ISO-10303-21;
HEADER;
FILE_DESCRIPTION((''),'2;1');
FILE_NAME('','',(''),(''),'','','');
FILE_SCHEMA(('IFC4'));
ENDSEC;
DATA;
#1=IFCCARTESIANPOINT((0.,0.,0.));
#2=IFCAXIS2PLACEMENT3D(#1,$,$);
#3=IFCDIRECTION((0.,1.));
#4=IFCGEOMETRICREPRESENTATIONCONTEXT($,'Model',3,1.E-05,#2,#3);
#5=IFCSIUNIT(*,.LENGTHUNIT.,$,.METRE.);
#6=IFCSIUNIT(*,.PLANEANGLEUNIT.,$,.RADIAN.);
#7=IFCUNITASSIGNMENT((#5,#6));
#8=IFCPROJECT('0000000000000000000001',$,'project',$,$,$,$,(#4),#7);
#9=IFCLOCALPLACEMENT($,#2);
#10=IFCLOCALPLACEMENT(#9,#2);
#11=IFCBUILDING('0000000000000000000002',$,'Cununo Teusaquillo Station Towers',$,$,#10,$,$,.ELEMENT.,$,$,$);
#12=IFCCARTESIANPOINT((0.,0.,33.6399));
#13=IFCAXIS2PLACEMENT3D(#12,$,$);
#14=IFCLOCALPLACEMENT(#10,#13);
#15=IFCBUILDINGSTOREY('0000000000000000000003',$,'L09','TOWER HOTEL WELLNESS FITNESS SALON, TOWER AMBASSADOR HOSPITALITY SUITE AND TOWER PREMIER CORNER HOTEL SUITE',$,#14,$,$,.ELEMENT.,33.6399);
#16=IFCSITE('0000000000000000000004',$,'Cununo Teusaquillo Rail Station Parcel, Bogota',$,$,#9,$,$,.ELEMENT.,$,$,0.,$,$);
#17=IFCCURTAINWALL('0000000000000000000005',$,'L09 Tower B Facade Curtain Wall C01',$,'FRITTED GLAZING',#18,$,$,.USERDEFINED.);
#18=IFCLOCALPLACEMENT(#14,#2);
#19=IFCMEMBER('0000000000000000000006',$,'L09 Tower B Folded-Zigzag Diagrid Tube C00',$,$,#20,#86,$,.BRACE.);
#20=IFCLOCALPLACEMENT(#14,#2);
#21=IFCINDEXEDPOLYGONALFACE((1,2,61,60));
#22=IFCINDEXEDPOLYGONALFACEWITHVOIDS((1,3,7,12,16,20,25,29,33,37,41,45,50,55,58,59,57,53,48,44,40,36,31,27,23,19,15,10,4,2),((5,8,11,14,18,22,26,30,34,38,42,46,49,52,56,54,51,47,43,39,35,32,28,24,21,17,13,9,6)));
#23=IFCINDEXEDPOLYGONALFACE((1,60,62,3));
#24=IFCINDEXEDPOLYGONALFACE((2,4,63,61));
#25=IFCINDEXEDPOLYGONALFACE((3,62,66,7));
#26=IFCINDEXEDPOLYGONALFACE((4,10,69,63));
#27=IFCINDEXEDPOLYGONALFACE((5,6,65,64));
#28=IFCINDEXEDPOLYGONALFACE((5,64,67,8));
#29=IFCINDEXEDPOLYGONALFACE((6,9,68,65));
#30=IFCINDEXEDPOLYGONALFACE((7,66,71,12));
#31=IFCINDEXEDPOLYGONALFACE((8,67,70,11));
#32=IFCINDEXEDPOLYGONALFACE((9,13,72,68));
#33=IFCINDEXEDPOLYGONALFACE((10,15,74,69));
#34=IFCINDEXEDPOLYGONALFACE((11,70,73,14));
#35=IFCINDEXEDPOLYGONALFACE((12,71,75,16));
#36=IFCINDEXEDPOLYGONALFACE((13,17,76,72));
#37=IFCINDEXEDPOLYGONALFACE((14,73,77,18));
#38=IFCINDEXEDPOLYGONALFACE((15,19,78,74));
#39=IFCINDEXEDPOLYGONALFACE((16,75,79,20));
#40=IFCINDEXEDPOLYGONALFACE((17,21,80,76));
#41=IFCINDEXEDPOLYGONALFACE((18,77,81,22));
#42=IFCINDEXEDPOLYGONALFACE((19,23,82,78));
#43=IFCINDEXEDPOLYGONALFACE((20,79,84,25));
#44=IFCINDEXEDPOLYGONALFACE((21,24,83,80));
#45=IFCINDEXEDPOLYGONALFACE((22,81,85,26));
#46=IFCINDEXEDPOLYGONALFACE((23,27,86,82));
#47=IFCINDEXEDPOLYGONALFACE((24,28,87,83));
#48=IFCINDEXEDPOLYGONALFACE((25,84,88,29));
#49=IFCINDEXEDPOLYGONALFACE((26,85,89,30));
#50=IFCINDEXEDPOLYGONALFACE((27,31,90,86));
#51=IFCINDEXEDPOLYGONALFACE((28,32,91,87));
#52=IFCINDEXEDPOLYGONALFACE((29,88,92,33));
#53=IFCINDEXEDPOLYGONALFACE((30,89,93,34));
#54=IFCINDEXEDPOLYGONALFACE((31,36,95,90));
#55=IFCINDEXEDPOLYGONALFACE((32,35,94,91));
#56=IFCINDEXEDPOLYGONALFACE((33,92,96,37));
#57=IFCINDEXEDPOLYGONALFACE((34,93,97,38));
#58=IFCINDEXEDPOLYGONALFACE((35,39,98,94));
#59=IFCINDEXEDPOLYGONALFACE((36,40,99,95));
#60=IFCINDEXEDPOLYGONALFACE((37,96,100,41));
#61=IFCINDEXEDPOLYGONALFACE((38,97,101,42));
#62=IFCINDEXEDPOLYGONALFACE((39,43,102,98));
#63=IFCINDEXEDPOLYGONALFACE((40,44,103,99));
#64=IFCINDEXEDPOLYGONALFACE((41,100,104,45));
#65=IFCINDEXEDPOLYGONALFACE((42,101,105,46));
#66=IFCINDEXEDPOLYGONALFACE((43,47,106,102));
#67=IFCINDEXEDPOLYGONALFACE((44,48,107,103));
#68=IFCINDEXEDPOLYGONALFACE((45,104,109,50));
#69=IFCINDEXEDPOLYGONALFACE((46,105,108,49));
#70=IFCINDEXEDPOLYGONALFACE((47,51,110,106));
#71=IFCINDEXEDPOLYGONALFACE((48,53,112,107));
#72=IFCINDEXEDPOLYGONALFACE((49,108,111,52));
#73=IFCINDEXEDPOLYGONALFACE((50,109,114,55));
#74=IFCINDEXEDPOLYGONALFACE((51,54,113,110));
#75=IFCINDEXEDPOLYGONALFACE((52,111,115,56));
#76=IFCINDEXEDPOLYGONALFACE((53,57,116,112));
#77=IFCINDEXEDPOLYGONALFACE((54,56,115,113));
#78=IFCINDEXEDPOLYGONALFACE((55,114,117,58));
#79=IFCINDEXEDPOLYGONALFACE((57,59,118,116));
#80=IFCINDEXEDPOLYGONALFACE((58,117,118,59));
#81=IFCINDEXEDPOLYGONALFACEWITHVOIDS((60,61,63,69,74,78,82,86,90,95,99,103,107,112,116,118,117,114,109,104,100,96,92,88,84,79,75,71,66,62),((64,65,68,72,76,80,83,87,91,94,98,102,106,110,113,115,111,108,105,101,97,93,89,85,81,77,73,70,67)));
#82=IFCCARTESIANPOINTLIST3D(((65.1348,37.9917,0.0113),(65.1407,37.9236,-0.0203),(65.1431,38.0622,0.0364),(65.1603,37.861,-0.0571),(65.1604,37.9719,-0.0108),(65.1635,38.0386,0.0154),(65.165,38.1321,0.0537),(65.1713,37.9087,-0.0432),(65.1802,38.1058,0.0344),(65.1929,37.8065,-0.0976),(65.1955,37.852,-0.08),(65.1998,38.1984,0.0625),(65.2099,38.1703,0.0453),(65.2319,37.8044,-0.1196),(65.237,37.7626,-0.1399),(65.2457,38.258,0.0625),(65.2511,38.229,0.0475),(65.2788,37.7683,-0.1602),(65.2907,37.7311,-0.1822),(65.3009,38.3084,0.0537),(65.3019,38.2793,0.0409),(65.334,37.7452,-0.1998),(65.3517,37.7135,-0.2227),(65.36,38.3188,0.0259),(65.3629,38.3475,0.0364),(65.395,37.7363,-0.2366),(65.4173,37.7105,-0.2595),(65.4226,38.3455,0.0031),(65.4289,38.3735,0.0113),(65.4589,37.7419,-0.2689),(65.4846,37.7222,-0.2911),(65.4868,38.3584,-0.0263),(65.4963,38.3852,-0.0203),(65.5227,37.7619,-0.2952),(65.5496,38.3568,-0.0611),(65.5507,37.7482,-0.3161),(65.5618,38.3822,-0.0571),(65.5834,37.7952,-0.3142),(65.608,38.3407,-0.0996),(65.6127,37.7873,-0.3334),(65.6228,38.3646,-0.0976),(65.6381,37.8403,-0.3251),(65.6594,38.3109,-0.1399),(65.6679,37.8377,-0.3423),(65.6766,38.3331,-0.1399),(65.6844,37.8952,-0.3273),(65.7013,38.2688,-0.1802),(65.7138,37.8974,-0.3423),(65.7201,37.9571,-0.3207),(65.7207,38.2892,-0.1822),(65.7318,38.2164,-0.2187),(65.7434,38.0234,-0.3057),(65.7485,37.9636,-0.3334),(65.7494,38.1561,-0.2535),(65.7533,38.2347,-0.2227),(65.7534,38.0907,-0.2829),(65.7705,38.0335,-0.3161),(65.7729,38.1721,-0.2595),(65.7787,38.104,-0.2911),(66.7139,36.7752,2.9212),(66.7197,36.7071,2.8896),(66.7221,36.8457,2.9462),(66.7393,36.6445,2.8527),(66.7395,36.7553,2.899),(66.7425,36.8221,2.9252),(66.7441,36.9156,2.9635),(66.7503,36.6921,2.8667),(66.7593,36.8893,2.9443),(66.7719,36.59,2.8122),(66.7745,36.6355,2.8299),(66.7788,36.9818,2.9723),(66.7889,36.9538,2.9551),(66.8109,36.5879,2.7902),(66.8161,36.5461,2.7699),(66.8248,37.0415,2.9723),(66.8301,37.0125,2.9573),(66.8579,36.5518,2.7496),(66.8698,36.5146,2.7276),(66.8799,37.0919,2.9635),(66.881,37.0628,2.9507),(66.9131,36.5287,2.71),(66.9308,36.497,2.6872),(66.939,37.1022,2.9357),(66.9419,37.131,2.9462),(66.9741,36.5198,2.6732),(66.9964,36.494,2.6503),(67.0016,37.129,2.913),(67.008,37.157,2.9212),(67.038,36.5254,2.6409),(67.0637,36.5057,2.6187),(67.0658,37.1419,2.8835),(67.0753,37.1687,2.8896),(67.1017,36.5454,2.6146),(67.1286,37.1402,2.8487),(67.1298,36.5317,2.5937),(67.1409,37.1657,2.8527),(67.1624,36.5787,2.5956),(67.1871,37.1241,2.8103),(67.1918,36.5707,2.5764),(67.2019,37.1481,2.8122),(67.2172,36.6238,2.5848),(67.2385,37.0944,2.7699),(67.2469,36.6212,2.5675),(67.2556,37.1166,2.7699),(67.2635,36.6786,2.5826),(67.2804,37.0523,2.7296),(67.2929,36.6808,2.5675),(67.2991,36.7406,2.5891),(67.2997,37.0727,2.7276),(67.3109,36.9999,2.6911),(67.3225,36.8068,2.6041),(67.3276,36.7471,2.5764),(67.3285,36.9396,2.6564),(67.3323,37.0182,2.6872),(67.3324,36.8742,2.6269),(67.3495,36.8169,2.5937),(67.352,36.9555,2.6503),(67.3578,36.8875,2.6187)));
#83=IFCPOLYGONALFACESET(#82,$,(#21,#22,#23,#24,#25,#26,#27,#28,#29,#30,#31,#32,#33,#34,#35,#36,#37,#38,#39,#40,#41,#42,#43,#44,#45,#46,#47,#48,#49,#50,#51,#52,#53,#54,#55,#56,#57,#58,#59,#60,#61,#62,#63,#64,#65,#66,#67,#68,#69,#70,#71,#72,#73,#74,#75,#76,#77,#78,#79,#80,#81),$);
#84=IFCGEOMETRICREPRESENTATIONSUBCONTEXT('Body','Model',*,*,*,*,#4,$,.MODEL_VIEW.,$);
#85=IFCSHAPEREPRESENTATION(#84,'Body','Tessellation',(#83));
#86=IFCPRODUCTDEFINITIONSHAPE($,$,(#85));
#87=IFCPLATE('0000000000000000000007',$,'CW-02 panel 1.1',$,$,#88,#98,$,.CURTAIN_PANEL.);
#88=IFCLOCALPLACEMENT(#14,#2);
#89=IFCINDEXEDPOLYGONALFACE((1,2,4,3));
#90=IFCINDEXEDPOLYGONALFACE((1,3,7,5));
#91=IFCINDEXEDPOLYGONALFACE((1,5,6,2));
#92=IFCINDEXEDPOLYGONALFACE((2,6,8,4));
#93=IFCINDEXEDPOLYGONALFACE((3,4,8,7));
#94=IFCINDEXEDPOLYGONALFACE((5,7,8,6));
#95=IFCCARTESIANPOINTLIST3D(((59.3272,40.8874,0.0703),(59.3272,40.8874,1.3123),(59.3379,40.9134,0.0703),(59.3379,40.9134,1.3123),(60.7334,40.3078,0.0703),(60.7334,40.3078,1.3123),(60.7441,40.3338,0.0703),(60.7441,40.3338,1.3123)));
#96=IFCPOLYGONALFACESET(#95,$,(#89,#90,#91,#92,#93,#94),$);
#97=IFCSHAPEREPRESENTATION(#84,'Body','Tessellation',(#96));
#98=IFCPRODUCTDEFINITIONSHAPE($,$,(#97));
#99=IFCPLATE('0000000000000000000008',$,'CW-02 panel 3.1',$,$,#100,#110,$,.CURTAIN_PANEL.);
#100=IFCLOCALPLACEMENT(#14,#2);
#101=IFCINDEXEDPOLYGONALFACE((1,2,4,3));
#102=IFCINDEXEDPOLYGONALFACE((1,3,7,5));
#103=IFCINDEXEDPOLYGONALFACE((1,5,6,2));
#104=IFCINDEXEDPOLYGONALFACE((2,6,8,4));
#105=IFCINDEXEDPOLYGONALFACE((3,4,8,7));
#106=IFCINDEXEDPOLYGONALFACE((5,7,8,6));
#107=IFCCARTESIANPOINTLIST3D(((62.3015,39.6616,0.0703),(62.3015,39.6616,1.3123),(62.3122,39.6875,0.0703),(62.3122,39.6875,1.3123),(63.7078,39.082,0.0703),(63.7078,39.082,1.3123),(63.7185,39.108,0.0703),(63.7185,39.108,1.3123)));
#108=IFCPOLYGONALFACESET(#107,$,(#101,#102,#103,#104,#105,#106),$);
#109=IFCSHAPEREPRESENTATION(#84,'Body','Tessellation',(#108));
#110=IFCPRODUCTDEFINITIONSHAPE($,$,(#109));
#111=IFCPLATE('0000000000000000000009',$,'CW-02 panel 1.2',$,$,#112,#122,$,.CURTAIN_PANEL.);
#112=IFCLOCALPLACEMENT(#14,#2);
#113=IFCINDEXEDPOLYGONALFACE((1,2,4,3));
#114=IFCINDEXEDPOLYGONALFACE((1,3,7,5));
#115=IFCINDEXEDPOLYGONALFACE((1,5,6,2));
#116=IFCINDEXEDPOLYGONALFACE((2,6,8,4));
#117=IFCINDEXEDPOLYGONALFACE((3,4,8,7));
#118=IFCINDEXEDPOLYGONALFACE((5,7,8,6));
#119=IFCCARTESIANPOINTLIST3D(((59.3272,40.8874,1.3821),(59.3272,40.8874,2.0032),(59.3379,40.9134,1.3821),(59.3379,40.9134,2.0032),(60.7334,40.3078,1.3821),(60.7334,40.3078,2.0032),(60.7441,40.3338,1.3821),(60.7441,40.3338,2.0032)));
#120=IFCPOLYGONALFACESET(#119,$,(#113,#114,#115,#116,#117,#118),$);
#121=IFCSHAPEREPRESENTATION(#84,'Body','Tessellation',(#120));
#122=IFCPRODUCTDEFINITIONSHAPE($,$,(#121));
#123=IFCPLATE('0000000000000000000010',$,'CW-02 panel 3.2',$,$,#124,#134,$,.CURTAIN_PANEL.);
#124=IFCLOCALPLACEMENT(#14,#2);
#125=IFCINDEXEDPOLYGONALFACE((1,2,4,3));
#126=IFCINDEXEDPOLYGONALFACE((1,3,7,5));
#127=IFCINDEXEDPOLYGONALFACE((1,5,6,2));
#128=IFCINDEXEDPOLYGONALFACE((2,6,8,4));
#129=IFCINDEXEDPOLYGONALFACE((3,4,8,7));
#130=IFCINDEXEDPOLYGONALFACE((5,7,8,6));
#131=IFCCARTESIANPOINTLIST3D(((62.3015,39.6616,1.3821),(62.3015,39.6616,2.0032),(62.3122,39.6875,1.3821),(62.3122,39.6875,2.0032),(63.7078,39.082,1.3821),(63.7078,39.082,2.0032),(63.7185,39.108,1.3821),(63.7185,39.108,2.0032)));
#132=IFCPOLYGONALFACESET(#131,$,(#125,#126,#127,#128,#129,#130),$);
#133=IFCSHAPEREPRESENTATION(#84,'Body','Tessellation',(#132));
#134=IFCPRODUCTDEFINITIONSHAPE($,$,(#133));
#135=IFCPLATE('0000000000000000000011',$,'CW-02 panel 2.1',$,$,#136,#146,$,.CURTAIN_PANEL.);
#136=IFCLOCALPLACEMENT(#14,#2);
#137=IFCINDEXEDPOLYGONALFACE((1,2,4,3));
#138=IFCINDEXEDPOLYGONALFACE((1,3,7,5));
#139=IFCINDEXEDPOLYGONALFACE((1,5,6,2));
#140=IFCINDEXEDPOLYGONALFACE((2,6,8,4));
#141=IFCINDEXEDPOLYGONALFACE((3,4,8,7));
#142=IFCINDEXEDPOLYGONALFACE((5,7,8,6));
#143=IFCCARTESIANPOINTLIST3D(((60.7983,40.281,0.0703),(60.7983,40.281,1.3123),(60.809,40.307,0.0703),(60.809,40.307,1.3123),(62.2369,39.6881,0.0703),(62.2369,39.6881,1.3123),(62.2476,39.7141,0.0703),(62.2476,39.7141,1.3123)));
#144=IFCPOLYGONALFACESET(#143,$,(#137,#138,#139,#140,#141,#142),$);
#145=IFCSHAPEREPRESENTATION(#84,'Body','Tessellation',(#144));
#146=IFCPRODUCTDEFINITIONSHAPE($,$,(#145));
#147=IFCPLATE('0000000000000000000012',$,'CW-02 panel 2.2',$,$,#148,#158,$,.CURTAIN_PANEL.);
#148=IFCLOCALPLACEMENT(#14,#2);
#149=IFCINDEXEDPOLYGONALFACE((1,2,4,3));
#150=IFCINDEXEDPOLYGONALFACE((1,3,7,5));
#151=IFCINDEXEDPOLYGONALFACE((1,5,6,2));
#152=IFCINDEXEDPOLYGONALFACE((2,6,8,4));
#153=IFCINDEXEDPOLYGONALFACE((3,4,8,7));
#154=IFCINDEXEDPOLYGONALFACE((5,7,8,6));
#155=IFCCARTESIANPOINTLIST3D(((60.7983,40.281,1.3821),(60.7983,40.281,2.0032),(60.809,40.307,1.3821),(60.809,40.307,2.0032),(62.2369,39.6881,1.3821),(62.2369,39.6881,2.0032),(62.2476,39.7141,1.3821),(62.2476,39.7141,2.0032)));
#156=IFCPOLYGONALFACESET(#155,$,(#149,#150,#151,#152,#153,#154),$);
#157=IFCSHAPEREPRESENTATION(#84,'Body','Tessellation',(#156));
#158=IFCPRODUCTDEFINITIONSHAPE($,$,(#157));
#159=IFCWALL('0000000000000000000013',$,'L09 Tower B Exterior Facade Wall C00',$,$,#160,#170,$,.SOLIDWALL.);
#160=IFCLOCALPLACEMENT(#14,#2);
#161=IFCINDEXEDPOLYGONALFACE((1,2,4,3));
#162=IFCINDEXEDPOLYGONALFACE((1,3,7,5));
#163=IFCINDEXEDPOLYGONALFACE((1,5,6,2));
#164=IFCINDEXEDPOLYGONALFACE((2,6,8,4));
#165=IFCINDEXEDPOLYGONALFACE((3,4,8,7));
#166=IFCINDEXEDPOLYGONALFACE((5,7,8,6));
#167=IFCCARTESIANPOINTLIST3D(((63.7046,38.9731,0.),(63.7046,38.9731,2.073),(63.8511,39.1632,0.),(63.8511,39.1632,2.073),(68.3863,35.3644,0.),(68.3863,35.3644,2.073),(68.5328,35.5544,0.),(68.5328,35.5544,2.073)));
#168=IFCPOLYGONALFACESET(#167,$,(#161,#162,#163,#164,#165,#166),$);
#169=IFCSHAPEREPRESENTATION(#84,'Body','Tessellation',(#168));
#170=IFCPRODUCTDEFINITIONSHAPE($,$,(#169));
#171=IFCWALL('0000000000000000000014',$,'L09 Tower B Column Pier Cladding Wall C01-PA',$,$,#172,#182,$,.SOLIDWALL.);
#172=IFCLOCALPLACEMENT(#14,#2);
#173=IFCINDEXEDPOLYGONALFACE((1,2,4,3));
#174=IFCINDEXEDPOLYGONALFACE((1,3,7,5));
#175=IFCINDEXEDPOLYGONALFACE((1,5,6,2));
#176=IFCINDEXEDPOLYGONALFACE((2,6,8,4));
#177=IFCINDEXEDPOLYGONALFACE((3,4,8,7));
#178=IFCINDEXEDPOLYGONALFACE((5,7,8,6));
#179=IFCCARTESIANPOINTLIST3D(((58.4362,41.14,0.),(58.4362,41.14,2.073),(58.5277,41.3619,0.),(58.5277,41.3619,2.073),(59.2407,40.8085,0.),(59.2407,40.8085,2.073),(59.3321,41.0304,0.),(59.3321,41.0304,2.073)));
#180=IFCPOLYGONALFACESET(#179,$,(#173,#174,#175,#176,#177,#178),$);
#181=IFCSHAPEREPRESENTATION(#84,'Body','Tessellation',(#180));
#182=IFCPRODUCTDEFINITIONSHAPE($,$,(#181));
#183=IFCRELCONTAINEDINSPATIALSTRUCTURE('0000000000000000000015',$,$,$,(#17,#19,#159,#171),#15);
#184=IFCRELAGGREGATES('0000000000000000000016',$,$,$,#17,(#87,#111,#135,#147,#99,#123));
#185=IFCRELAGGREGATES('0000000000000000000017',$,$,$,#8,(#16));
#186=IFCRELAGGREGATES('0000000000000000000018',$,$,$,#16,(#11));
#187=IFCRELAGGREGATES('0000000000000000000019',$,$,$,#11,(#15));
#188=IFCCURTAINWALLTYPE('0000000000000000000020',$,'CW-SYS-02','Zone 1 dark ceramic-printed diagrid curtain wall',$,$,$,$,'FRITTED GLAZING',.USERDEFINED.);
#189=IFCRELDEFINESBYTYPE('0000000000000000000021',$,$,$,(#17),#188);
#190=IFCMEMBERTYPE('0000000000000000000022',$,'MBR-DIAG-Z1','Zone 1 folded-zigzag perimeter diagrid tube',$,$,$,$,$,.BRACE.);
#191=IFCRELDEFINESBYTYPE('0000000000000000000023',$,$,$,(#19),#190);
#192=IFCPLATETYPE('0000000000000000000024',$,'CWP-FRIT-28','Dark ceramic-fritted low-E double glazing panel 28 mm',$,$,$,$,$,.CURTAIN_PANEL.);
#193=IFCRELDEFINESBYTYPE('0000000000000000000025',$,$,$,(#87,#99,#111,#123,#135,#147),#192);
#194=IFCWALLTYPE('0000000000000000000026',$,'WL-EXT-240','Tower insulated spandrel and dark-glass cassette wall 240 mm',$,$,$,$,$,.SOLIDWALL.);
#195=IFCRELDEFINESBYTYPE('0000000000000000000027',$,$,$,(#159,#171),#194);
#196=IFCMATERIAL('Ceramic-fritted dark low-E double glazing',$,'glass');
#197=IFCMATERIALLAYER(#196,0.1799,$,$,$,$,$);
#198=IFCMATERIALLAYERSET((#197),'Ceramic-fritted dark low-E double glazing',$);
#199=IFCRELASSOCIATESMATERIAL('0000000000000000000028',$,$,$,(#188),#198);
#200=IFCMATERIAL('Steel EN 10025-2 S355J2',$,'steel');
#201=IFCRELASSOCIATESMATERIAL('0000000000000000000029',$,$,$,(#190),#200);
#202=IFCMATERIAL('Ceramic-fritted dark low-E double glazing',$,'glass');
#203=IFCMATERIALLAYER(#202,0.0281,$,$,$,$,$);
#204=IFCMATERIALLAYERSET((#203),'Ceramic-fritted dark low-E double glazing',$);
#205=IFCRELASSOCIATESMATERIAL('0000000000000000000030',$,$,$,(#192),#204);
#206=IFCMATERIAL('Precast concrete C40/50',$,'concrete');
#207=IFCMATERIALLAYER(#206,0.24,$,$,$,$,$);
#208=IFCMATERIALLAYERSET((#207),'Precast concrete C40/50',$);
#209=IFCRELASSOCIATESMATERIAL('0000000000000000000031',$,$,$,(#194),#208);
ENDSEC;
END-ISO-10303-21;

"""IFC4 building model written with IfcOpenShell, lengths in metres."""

from ifc_helpers import new_model, si_unit, direction, frame, frame_2d, origin, origin_2d, place, context, subcontext, project, spatial, rectangle, hollow_circle, extrude, source, transform, mapped, material, layer, layer_set, material_profile, profile_set, type_object, element, aggregate, save


model = new_model("IFC4")

# Units and contexts
model_context = context("Model", 3, precision=1e-05, world=origin(), true_north=direction((0.0, 1.0)))
body_context = subcontext(model_context, "Body", "Model", "MODEL_VIEW")
ifc_project = project(units=[si_unit("LENGTHUNIT", "METRE"), si_unit("PLANEANGLEUNIT", "RADIAN")], contexts=[model_context])

# Site, building, storey
site_placement = place(None, origin())
site = spatial("IfcSite", under=ifc_project, at=site_placement, Name="Cununo Teusaquillo Rail Station Parcel, Bogota", CompositionType="ELEMENT", RefElevation=0.0)
building_placement = place(site_placement, origin())
building = spatial("IfcBuilding", under=site, at=building_placement, Name="Cununo Teusaquillo Station Towers", CompositionType="ELEMENT")
storey_placement = place(building_placement, frame((0.0, 0.0, 33.6399)))
storey = spatial("IfcBuildingStorey", under=building, at=storey_placement, Name="L09", Description="TOWER HOTEL WELLNESS FITNESS SALON, TOWER AMBASSADOR HOSPITALITY SUITE AND TOWER PREMIER CORNER HOTEL SUITE", CompositionType="ELEMENT", Elevation=33.6399)

# Curtain wall
ifc_material_1 = material(Name="Ceramic-fritted dark low-E double glazing", Category="glass")
ifc_layer_1 = layer(ifc_material_1, 0.1799)
ifc_layer_set_1 = layer_set([ifc_layer_1], Name="Ceramic-fritted dark low-E double glazing")
curtain_wall_type = type_object("IfcCurtainWallType", Name="CW-SYS-02", Description="Zone 1 dark ceramic-printed diagrid curtain wall", ElementType="FRITTED GLAZING", PredefinedType="USERDEFINED", material=ifc_layer_set_1)
curtain_wall_placement = place(storey_placement, origin())
curtain_wall = element("IfcCurtainWall", 1, at=curtain_wall_placement, inside=storey, type_object=curtain_wall_type, Name="L09 Tower B Facade Curtain Wall C01", ObjectType="FRITTED GLAZING", PredefinedType="USERDEFINED")

# Member
ifc_material_2 = material(Name="Steel EN 10025-2 S355J2", Category="steel")
ifc_material_profile_1 = material_profile(ifc_material_2, hollow_circle(Radius=0.3601, WallThickness=0.0281, at=origin_2d()), Name="CHS 720x28")
ifc_profile_set_1 = profile_set([ifc_material_profile_1], Name="Steel EN 10025-2 S355J2")
member_type_1 = type_object("IfcMemberType", Name="MBR-DIAG-Z1", Description="Zone 1 folded-zigzag perimeter diagrid tube", PredefinedType="BRACE", material=ifc_profile_set_1)
member_1_placement = place(storey_placement, frame((65.4568, 38.0479, -0.1399), z_axis=(0.447692, -0.344906, 0.824992), x_axis=(0.610297, 0.792173, 0.0)))
element("IfcMember", 2, at=member_1_placement, inside=storey, type_object=member_type_1, Name="L09 Tower B Folded-Zigzag Diagrid Tube C00", PredefinedType="BRACE", context=body_context, shape_type="SweptSolid", body=[
    extrude(hollow_circle(Radius=0.3601, WallThickness=0.0281, at=origin_2d()), origin(), (0.0, 0.0, 1.0), 3.5271),
])

# Plates
ifc_material_3 = material(Name="Ceramic-fritted dark low-E double glazing", Category="glass")
ifc_layer_2 = layer(ifc_material_3, 0.0281)
ifc_layer_set_2 = layer_set([ifc_layer_2], Name="Ceramic-fritted dark low-E double glazing")
plate_type = type_object("IfcPlateType", Name="CWP-FRIT-28", Description="Dark ceramic-fritted low-E double glazing panel 28 mm", PredefinedType="CURTAIN_PANEL", material=ifc_layer_set_2)
shared_shape_1 = source(origin(), body_context, "Body", "SweptSolid", [
    extrude(rectangle(XDim=1.521, YDim=0.0281, at=origin_2d()), origin(), (0.0, 0.0, 1.0), 1.2419),
])
plate_1_placement = place(storey_placement, frame((60.0356, 40.6106, 0.0703), z_axis=(0.0, 0.0, 1.0), x_axis=(0.924552, -0.381055, 0.0)))
plate_1 = element("IfcPlate", 3, at=plate_1_placement, type_object=plate_type, Name="CW-02 panel 1.1", PredefinedType="CURTAIN_PANEL", context=body_context, shape_type="MappedRepresentation", body=[
    mapped(shared_shape_1, transform((0.0, 0.0, 0.0), x_axis=(1.0, 0.0, 0.0), y_axis=(0.0, 1.0, 0.0), z_axis=(0.0, 0.0, 1.0), scale=1.0)),
])
plate_2_placement = place(storey_placement, frame((63.01, 39.3848, 0.0703), z_axis=(0.0, 0.0, 1.0), x_axis=(0.924552, -0.381055, 0.0)))
plate_2 = element("IfcPlate", 4, at=plate_2_placement, type_object=plate_type, Name="CW-02 panel 3.1", PredefinedType="CURTAIN_PANEL", context=body_context, shape_type="MappedRepresentation", body=[
    mapped(shared_shape_1, transform((0.0, 0.0, 0.0), x_axis=(1.0, 0.0, 0.0), y_axis=(0.0, 1.0, 0.0), z_axis=(0.0, 0.0, 1.0), scale=1.0)),
])
shared_shape_2 = source(origin(), body_context, "Body", "SweptSolid", [
    extrude(rectangle(XDim=1.521, YDim=0.0281, at=origin_2d()), origin(), (0.0, 0.0, 1.0), 0.6211),
])
plate_3_placement = place(storey_placement, frame((60.0356, 40.6106, 1.3821), z_axis=(0.0, 0.0, 1.0), x_axis=(0.924552, -0.381055, 0.0)))
plate_3 = element("IfcPlate", 5, at=plate_3_placement, type_object=plate_type, Name="CW-02 panel 1.2", PredefinedType="CURTAIN_PANEL", context=body_context, shape_type="MappedRepresentation", body=[
    mapped(shared_shape_2, transform((0.0, 0.0, 0.0), x_axis=(1.0, 0.0, 0.0), y_axis=(0.0, 1.0, 0.0), z_axis=(0.0, 0.0, 1.0), scale=1.0)),
])
plate_4_placement = place(storey_placement, frame((63.01, 39.3848, 1.3821), z_axis=(0.0, 0.0, 1.0), x_axis=(0.924552, -0.381055, 0.0)))
plate_4 = element("IfcPlate", 6, at=plate_4_placement, type_object=plate_type, Name="CW-02 panel 3.2", PredefinedType="CURTAIN_PANEL", context=body_context, shape_type="MappedRepresentation", body=[
    mapped(shared_shape_2, transform((0.0, 0.0, 0.0), x_axis=(1.0, 0.0, 0.0), y_axis=(0.0, 1.0, 0.0), z_axis=(0.0, 0.0, 1.0), scale=1.0)),
])
shared_shape_3 = source(origin(), body_context, "Body", "SweptSolid", [
    extrude(rectangle(XDim=1.5559, YDim=0.0281, at=origin_2d()), origin(), (0.0, 0.0, 1.0), 1.2419),
])
plate_5_placement = place(storey_placement, frame((61.5229, 39.9976, 0.0703), z_axis=(0.0, 0.0, 1.0), x_axis=(0.924552, -0.381055, 0.0)))
plate_5 = element("IfcPlate", 7, at=plate_5_placement, type_object=plate_type, Name="CW-02 panel 2.1", PredefinedType="CURTAIN_PANEL", context=body_context, shape_type="MappedRepresentation", body=[
    mapped(shared_shape_3, transform((0.0, 0.0, 0.0), x_axis=(1.0, 0.0, 0.0), y_axis=(0.0, 1.0, 0.0), z_axis=(0.0, 0.0, 1.0), scale=1.0)),
])
shared_shape_4 = source(origin(), body_context, "Body", "SweptSolid", [
    extrude(rectangle(XDim=1.5559, YDim=0.0281, at=origin_2d()), origin(), (0.0, 0.0, 1.0), 0.6211),
])
plate_6_placement = place(storey_placement, frame((61.5229, 39.9976, 1.3821), z_axis=(0.0, 0.0, 1.0), x_axis=(0.924552, -0.381055, 0.0)))
plate_6 = element("IfcPlate", 8, at=plate_6_placement, type_object=plate_type, Name="CW-02 panel 2.2", PredefinedType="CURTAIN_PANEL", context=body_context, shape_type="MappedRepresentation", body=[
    mapped(shared_shape_4, transform((0.0, 0.0, 0.0), x_axis=(1.0, 0.0, 0.0), y_axis=(0.0, 1.0, 0.0), z_axis=(0.0, 0.0, 1.0), scale=1.0)),
])
aggregate(curtain_wall, [plate_1, plate_3, plate_5, plate_6, plate_2, plate_4])

# Walls
ifc_material_4 = material(Name="Precast concrete C40/50", Category="concrete")
ifc_layer_3 = layer(ifc_material_4, 0.24)
ifc_layer_set_3 = layer_set([ifc_layer_3], Name="Precast concrete C40/50")
wall_type_1 = type_object("IfcWallType", Name="WL-EXT-240", Description="Tower insulated spandrel and dark-glass cassette wall 240 mm", PredefinedType="SOLIDWALL", material=ifc_layer_set_3)
wall_1_placement = place(storey_placement, frame((63.7778, 39.0681, 0.0), z_axis=(0.0, 0.0, 1.0), x_axis=(0.79202, -0.610495, 0.0)))
element("IfcWall", 9, at=wall_1_placement, inside=storey, type_object=wall_type_1, Name="L09 Tower B Exterior Facade Wall C00", PredefinedType="SOLIDWALL", context=body_context, shape_type="SweptSolid", body=[
    extrude(rectangle(XDim=5.9111, YDim=0.24, at=frame_2d((2.9556, 0.0))), origin(), (0.0, 0.0, 1.0), 2.073),
])
wall_2_placement = place(storey_placement, frame((58.4819, 41.251, 0.0), z_axis=(0.0, 0.0, 1.0), x_axis=(0.924556, -0.381046, 0.0)))
element("IfcWall", 10, at=wall_2_placement, inside=storey, type_object=wall_type_1, Name="L09 Tower B Column Pier Cladding Wall C01-PA", PredefinedType="SOLIDWALL", context=body_context, shape_type="SweptSolid", body=[
    extrude(rectangle(XDim=0.8701, YDim=0.24, at=frame_2d((0.4351, 0.0))), origin(), (0.0, 0.0, 1.0), 2.073),
])

save(model, "model.ifc")
